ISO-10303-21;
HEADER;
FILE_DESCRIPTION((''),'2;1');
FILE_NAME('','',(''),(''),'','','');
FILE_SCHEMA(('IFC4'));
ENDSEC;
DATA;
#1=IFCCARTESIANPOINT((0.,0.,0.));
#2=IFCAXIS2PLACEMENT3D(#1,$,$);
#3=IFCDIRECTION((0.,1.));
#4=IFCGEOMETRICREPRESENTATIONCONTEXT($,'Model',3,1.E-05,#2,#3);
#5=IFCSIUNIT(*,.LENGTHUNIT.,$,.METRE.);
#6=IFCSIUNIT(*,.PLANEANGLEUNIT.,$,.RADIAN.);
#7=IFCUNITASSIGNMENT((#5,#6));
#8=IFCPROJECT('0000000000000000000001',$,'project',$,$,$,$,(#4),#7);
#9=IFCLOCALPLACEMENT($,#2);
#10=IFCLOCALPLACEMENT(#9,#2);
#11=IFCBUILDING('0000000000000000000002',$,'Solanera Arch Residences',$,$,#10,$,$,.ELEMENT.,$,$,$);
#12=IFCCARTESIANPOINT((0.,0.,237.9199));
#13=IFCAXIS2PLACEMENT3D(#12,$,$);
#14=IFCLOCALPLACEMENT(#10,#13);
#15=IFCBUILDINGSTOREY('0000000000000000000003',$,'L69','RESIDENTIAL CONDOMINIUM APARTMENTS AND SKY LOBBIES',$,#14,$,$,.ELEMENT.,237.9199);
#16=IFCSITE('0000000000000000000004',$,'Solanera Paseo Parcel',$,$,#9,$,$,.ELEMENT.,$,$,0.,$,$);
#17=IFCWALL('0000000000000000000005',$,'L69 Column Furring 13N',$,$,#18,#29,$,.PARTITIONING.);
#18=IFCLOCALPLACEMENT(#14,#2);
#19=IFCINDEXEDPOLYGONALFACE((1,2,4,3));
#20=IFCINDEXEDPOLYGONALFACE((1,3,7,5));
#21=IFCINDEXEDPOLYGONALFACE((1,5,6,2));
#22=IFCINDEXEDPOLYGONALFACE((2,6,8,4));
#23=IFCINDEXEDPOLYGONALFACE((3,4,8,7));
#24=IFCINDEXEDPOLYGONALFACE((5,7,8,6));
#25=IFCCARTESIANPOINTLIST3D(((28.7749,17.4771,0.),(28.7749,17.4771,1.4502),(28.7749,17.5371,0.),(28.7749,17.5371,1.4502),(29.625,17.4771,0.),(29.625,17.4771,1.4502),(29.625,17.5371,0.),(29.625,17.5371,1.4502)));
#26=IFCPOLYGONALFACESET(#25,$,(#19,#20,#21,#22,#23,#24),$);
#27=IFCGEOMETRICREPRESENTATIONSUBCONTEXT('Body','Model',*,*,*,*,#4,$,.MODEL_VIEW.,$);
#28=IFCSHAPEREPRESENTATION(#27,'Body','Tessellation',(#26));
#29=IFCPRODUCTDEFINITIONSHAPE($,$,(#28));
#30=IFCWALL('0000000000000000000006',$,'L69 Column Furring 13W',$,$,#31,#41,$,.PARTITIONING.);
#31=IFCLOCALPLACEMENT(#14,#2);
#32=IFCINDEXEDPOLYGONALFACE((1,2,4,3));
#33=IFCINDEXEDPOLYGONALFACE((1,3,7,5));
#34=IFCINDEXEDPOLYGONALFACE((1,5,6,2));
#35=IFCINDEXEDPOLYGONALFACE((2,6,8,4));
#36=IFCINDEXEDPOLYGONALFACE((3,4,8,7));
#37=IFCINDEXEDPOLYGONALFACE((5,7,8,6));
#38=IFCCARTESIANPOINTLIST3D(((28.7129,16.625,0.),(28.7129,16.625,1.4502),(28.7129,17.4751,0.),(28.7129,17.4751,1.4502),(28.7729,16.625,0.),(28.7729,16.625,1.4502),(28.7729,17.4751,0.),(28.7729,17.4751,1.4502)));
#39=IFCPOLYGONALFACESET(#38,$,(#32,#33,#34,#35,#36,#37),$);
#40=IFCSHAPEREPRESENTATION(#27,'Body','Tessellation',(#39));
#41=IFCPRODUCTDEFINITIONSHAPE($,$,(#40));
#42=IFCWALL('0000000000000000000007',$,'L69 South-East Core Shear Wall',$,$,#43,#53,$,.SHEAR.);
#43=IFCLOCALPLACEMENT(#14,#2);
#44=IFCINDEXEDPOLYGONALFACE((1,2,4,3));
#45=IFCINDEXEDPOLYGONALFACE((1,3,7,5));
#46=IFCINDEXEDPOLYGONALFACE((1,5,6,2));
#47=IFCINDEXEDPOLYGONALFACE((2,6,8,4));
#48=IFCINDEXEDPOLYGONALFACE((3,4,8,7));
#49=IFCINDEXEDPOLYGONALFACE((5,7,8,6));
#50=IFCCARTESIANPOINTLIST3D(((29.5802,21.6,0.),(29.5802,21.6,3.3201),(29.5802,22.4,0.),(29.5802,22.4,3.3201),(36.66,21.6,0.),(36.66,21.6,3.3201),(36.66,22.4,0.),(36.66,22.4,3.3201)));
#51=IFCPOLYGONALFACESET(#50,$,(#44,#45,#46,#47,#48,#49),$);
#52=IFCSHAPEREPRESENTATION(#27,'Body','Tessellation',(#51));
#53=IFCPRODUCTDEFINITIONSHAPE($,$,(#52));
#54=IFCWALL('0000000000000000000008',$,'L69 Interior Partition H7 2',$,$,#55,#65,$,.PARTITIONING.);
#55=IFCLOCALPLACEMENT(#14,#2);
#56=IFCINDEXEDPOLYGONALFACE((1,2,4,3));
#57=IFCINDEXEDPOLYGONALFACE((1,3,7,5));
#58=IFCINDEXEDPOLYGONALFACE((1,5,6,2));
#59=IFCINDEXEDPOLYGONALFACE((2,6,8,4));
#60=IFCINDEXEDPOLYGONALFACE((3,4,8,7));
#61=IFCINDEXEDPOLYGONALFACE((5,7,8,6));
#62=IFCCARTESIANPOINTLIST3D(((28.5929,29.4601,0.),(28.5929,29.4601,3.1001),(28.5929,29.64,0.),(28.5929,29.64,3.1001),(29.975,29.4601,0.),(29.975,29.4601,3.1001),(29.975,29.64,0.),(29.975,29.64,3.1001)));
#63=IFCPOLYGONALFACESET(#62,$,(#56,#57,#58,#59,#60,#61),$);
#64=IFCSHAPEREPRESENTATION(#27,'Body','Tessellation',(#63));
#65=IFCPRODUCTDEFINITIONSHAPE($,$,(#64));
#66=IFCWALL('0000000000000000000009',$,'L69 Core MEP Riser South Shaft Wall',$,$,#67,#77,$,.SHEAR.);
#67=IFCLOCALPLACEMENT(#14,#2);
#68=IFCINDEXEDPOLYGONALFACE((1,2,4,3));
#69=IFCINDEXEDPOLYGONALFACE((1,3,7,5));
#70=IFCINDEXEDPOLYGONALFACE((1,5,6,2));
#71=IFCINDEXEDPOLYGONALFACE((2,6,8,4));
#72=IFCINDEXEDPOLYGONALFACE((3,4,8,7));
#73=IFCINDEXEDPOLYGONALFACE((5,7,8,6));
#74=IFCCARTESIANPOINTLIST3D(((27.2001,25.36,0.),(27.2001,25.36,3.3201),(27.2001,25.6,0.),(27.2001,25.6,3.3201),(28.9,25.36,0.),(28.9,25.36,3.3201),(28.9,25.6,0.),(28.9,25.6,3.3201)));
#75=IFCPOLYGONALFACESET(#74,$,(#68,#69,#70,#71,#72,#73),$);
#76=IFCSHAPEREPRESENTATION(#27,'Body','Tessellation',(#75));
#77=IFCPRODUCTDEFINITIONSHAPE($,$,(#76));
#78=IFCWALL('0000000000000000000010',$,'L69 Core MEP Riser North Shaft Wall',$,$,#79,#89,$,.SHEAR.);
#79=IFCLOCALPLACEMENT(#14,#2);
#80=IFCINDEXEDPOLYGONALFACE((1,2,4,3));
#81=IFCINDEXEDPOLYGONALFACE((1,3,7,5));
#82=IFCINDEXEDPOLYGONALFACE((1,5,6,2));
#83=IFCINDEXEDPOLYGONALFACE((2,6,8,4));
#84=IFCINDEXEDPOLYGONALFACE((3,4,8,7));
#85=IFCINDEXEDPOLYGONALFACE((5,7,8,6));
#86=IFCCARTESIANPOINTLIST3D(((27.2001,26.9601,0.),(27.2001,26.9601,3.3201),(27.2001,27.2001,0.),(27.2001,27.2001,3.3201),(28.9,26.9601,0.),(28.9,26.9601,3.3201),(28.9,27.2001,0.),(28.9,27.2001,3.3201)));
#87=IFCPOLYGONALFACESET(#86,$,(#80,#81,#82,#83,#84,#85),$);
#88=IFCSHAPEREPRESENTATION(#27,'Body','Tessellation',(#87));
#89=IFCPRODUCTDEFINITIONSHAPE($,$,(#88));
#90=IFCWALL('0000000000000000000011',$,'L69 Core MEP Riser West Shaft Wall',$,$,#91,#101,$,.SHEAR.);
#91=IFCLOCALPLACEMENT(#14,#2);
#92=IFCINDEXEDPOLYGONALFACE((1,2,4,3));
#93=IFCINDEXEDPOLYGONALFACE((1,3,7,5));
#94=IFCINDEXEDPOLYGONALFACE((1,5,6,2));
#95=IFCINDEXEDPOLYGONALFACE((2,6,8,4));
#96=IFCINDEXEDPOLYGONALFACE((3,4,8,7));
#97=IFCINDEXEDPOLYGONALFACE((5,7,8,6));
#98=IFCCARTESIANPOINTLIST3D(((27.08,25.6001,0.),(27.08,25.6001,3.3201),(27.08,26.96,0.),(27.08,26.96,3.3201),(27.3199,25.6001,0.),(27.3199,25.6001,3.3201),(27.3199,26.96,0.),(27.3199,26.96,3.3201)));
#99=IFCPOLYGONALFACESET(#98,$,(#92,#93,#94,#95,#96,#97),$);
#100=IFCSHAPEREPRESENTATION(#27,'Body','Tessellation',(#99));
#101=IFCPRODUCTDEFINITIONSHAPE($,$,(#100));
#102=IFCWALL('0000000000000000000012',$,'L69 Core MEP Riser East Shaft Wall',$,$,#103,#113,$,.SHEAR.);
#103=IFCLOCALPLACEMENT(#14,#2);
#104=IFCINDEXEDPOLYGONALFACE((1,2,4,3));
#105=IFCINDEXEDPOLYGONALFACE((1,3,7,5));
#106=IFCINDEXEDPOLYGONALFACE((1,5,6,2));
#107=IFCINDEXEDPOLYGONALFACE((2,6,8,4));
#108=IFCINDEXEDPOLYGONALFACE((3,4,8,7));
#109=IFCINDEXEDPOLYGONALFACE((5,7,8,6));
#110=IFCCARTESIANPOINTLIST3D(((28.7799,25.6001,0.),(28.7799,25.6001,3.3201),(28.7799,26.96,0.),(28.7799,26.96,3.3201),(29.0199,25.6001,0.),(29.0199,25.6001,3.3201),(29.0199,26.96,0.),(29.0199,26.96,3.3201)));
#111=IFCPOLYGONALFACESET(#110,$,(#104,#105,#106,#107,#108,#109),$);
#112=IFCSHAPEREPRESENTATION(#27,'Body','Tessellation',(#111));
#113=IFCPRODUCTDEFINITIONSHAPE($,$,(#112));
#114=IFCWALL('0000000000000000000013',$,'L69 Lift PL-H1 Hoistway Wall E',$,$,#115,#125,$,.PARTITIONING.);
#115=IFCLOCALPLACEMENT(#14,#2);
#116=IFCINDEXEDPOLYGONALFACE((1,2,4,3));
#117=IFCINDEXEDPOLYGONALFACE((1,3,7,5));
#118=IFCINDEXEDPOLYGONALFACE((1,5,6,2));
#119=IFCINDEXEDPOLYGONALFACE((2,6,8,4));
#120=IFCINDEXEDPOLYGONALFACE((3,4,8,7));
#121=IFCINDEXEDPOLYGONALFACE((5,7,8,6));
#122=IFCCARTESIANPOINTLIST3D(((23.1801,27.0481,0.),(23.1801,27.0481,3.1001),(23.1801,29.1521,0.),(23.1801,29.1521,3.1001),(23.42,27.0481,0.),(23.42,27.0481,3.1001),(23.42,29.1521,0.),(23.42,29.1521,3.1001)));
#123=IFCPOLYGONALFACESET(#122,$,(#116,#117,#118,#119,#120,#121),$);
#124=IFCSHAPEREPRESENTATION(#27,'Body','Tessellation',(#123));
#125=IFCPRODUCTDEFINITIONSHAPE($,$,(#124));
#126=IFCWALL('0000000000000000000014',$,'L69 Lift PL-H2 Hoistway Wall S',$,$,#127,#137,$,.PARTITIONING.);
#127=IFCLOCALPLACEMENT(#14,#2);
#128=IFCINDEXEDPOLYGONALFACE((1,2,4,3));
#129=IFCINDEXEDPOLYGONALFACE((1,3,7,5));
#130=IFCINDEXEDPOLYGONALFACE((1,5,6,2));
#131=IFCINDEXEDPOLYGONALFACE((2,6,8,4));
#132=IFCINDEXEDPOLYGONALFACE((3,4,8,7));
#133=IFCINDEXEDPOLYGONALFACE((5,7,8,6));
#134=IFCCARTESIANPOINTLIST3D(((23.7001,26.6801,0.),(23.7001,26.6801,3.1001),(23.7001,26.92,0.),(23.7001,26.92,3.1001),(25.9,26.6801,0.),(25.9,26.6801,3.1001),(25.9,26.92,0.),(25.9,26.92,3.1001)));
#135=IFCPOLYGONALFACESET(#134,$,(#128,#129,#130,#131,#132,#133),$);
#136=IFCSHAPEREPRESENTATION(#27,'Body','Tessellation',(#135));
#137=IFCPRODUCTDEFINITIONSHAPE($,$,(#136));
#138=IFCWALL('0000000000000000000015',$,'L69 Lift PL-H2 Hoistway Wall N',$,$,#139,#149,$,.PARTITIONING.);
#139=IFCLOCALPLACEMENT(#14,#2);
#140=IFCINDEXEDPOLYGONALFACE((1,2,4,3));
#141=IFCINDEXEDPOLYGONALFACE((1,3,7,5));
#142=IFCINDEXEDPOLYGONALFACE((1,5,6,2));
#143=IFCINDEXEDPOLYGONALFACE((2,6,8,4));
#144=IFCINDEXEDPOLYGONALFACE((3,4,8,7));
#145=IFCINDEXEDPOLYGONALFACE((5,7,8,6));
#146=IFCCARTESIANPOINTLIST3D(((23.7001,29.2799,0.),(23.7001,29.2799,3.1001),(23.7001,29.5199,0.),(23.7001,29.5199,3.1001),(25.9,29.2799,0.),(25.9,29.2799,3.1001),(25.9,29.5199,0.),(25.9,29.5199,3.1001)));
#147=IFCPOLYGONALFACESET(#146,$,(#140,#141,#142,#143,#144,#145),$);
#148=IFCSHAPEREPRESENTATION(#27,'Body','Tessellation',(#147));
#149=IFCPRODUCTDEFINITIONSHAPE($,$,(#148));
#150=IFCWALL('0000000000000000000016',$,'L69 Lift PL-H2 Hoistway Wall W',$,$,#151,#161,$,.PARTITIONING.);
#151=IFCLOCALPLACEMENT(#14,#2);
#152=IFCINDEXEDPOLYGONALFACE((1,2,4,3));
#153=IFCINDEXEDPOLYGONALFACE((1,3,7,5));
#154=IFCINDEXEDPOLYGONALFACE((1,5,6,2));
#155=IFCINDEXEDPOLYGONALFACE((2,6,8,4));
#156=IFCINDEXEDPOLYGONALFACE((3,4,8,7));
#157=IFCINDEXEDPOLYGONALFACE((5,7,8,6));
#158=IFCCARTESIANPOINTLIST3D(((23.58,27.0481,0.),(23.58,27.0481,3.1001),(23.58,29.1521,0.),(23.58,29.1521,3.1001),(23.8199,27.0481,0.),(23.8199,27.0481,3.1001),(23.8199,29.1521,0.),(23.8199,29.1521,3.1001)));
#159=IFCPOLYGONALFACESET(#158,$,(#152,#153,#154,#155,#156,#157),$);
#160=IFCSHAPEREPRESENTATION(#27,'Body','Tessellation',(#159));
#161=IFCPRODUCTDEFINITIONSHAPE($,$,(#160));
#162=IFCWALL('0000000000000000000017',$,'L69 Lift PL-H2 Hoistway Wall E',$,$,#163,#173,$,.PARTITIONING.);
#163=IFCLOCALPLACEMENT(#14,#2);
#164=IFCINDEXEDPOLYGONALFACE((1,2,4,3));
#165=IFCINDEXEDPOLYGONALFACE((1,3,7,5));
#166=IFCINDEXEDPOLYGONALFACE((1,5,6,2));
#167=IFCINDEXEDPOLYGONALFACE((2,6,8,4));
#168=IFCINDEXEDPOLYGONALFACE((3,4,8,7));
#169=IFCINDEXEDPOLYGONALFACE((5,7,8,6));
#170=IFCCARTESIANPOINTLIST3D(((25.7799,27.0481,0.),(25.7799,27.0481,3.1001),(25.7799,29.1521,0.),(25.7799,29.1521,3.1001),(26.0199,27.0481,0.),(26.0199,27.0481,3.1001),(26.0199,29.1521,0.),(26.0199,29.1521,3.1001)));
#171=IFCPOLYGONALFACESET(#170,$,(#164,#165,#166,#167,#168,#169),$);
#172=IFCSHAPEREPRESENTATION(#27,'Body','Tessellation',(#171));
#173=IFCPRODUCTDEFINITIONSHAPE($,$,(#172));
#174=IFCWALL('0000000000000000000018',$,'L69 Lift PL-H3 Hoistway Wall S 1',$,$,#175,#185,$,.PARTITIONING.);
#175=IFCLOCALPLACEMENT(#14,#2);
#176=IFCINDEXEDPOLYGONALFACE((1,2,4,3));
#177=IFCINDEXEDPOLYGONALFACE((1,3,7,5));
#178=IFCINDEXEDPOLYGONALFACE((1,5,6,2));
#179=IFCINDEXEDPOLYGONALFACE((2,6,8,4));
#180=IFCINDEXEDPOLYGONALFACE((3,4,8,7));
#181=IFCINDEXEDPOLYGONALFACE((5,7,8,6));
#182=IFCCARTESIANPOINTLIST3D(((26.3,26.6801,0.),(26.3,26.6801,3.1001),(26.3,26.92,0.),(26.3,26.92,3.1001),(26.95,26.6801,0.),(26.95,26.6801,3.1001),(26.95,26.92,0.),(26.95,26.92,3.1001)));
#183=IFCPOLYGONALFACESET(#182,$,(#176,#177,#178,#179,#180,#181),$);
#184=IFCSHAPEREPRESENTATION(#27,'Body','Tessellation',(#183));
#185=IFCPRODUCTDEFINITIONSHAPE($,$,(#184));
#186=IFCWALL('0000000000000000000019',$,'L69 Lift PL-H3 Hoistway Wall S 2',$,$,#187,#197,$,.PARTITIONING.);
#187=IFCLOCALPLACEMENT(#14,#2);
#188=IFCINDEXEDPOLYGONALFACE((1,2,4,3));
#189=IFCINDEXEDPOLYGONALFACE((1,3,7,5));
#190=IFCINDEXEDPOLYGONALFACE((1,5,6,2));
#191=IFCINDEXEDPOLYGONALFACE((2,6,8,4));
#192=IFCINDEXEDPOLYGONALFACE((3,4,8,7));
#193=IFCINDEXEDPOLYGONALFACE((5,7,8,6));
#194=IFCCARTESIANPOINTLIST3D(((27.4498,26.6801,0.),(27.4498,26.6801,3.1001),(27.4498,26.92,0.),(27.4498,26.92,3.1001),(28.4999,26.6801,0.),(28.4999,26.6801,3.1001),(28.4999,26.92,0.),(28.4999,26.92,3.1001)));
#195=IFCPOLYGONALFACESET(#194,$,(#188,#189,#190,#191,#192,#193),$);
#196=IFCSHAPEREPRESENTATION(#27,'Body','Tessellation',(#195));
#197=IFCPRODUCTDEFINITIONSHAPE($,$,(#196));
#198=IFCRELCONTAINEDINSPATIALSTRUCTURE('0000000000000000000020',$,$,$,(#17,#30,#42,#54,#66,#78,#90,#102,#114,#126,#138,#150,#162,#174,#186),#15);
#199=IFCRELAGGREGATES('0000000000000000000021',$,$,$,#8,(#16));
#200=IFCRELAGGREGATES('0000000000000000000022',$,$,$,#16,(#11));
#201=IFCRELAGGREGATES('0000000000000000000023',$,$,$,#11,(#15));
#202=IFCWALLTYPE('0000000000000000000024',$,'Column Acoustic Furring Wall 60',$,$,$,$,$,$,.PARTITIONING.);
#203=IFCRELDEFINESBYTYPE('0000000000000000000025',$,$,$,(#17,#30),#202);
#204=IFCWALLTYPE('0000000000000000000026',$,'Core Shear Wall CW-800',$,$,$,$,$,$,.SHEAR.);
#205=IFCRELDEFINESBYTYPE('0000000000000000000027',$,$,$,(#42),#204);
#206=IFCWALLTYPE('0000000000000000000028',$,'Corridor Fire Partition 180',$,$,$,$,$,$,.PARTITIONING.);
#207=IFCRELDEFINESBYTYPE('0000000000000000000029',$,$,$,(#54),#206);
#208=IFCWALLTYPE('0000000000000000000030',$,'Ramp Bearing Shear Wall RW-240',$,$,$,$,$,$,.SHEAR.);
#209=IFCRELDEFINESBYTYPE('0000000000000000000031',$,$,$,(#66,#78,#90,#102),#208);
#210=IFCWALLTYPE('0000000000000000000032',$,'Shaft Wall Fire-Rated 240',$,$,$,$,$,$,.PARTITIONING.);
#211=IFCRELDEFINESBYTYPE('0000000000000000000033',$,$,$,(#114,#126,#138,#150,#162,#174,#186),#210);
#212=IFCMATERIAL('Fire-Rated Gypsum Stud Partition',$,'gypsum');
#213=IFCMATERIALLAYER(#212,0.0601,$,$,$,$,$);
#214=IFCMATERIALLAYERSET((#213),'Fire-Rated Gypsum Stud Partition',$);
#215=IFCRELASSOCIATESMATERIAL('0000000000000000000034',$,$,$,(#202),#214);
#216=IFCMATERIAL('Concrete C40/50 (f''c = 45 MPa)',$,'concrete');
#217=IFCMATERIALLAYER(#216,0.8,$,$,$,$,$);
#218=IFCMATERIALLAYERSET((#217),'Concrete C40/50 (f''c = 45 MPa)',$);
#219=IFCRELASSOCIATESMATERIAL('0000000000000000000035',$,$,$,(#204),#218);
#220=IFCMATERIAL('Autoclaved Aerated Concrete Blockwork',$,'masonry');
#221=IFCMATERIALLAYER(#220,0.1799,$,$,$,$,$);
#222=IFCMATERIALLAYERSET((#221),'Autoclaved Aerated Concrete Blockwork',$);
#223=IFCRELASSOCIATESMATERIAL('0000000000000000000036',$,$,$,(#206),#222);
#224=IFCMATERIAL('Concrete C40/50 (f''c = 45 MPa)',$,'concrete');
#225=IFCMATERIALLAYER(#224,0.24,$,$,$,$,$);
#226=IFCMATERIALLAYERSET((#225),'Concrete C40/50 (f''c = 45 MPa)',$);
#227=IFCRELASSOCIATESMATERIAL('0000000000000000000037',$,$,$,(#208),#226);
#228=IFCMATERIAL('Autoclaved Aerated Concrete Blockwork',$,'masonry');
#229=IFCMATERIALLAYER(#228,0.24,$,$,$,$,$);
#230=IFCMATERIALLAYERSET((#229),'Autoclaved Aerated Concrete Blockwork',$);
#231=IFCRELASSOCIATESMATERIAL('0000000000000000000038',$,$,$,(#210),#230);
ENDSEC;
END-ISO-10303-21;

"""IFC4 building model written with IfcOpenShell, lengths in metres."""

from ifc_helpers import new_model, si_unit, direction, frame, frame_2d, origin, place, context, subcontext, project, spatial, rectangle, extrude, material, layer, layer_set, type_object, element, save


model = new_model("IFC4")

# Units and contexts
model_context = context("Model", 3, precision=1e-05, world=origin(), true_north=direction((0.0, 1.0)))
body_context = subcontext(model_context, "Body", "Model", "MODEL_VIEW")
ifc_project = project(units=[si_unit("LENGTHUNIT", "METRE"), si_unit("PLANEANGLEUNIT", "RADIAN")], contexts=[model_context])

# Site, building, storey
site_placement = place(None, origin())
site = spatial("IfcSite", under=ifc_project, at=site_placement, Name="Solanera Paseo Parcel", CompositionType="ELEMENT", RefElevation=0.0)
building_placement = place(site_placement, origin())
building = spatial("IfcBuilding", under=site, at=building_placement, Name="Solanera Arch Residences", CompositionType="ELEMENT")
storey_placement = place(building_placement, frame((0.0, 0.0, 237.9199)))
storey = spatial("IfcBuildingStorey", under=building, at=storey_placement, Name="L69", Description="RESIDENTIAL CONDOMINIUM APARTMENTS AND SKY LOBBIES", CompositionType="ELEMENT", Elevation=237.9199)

# Walls
ifc_material_1 = material(Name="Fire-Rated Gypsum Stud Partition", Category="gypsum")
ifc_layer_1 = layer(ifc_material_1, 0.0601)
ifc_layer_set_1 = layer_set([ifc_layer_1], Name="Fire-Rated Gypsum Stud Partition")
wall_type_1 = type_object("IfcWallType", Name="Column Acoustic Furring Wall 60", PredefinedType="PARTITIONING", material=ifc_layer_set_1)
for number, where, z_axis, x_axis, name in (
    (1, (28.7749, 17.5071, 0.0), (0.0, 0.0, 1.0), (1.0, 0.0, 0.0), "L69 Column Furring 13N"),
    (2, (28.7429, 16.625, 0.0), (0.0, 0.0, 1.0), (0.0, 1.0, 0.0), "L69 Column Furring 13W"),
):
    element("IfcWall", number, at=place(storey_placement, frame(where, z_axis=z_axis, x_axis=x_axis)), inside=storey, type_object=wall_type_1, Name=name, PredefinedType="PARTITIONING", context=body_context, shape_type="SweptSolid", body=[
        extrude(rectangle(XDim=0.8501, YDim=0.0601, at=frame_2d((0.425, 0.0))), origin(), (0.0, 0.0, 1.0), 1.4502),
    ])
ifc_material_2 = material(Name="Concrete C40/50 (f'c = 45 MPa)", Category="concrete")
ifc_layer_2 = layer(ifc_material_2, 0.8)
ifc_layer_set_2 = layer_set([ifc_layer_2], Name="Concrete C40/50 (f'c = 45 MPa)")
wall_type_2 = type_object("IfcWallType", Name="Core Shear Wall CW-800", PredefinedType="SHEAR", material=ifc_layer_set_2)
wall_1_placement = place(storey_placement, frame((29.5801, 22.0, 0.0), z_axis=(0.0, 0.0, 1.0), x_axis=(1.0, 0.0, 0.0)))
element("IfcWall", 3, at=wall_1_placement, inside=storey, type_object=wall_type_2, Name="L69 South-East Core Shear Wall", PredefinedType="SHEAR", context=body_context, shape_type="SweptSolid", body=[
    extrude(rectangle(XDim=7.0798, YDim=0.8, at=frame_2d((3.54, 0.0))), origin(), (0.0, 0.0, 1.0), 3.3201),
])
ifc_material_3 = material(Name="Autoclaved Aerated Concrete Blockwork", Category="masonry")
ifc_layer_3 = layer(ifc_material_3, 0.1799)
ifc_layer_set_3 = layer_set([ifc_layer_3], Name="Autoclaved Aerated Concrete Blockwork")
wall_type_3 = type_object("IfcWallType", Name="Corridor Fire Partition 180", PredefinedType="PARTITIONING", material=ifc_layer_set_3)
wall_2_placement = place(storey_placement, frame((28.593, 29.55, 0.0), z_axis=(0.0, 0.0, 1.0), x_axis=(1.0, 0.0, 0.0)))
element("IfcWall", 4, at=wall_2_placement, inside=storey, type_object=wall_type_3, Name="L69 Interior Partition H7 2", PredefinedType="PARTITIONING", context=body_context, shape_type="SweptSolid", body=[
    extrude(rectangle(XDim=1.3821, YDim=0.1799, at=frame_2d((0.6909, 0.0))), origin(), (0.0, 0.0, 1.0), 3.1001),
])
ifc_material_4 = material(Name="Concrete C40/50 (f'c = 45 MPa)", Category="concrete")
ifc_layer_4 = layer(ifc_material_4, 0.24)
ifc_layer_set_4 = layer_set([ifc_layer_4], Name="Concrete C40/50 (f'c = 45 MPa)")
wall_type_4 = type_object("IfcWallType", Name="Ramp Bearing Shear Wall RW-240", PredefinedType="SHEAR", material=ifc_layer_set_4)
for number, where, z_axis, x_axis, name in (
    (5, (27.2, 25.48, 0.0), (0.0, 0.0, 1.0), (1.0, 0.0, 0.0), "L69 Core MEP Riser South Shaft Wall"),
    (6, (27.2, 27.0801, 0.0), (0.0, 0.0, 1.0), (1.0, 0.0, 0.0), "L69 Core MEP Riser North Shaft Wall"),
):
    element("IfcWall", number, at=place(storey_placement, frame(where, z_axis=z_axis, x_axis=x_axis)), inside=storey, type_object=wall_type_4, Name=name, PredefinedType="SHEAR", context=body_context, shape_type="SweptSolid", body=[
        extrude(rectangle(XDim=1.7, YDim=0.24, at=frame_2d((0.8501, 0.0))), origin(), (0.0, 0.0, 1.0), 3.3201),
    ])
for number, where, z_axis, x_axis, name in (
    (7, (27.2, 25.6001, 0.0), (0.0, 0.0, 1.0), (0.0, 1.0, 0.0), "L69 Core MEP Riser West Shaft Wall"),
    (8, (28.8999, 25.6001, 0.0), (0.0, 0.0, 1.0), (0.0, 1.0, 0.0), "L69 Core MEP Riser East Shaft Wall"),
):
    element("IfcWall", number, at=place(storey_placement, frame(where, z_axis=z_axis, x_axis=x_axis)), inside=storey, type_object=wall_type_4, Name=name, PredefinedType="SHEAR", context=body_context, shape_type="SweptSolid", body=[
        extrude(rectangle(XDim=1.3599, YDim=0.24, at=frame_2d((0.6799, 0.0))), origin(), (0.0, 0.0, 1.0), 3.3201),
    ])
ifc_material_5 = material(Name="Autoclaved Aerated Concrete Blockwork", Category="masonry")
ifc_layer_5 = layer(ifc_material_5, 0.24)
ifc_layer_set_5 = layer_set([ifc_layer_5], Name="Autoclaved Aerated Concrete Blockwork")
wall_type_5 = type_object("IfcWallType", Name="Shaft Wall Fire-Rated 240", PredefinedType="PARTITIONING", material=ifc_layer_set_5)
wall_3_placement = place(storey_placement, frame((23.3, 27.0481, 0.0), z_axis=(0.0, 0.0, 1.0), x_axis=(0.0, 1.0, 0.0)))
element("IfcWall", 9, at=wall_3_placement, inside=storey, type_object=wall_type_5, Name="L69 Lift PL-H1 Hoistway Wall E", PredefinedType="PARTITIONING", context=body_context, shape_type="SweptSolid", body=[
    extrude(rectangle(XDim=2.104, YDim=0.24, at=frame_2d((1.052, 0.0))), origin(), (0.0, 0.0, 1.0), 3.1001),
])
for number, where, z_axis, x_axis, name in (
    (10, (23.7, 26.8, 0.0), (0.0, 0.0, 1.0), (1.0, 0.0, 0.0), "L69 Lift PL-H2 Hoistway Wall S"),
    (11, (23.7, 29.3999, 0.0), (0.0, 0.0, 1.0), (1.0, 0.0, 0.0), "L69 Lift PL-H2 Hoistway Wall N"),
):
    element("IfcWall", number, at=place(storey_placement, frame(where, z_axis=z_axis, x_axis=x_axis)), inside=storey, type_object=wall_type_5, Name=name, PredefinedType="PARTITIONING", context=body_context, shape_type="SweptSolid", body=[
        extrude(rectangle(XDim=2.2, YDim=0.24, at=frame_2d((1.1001, 0.0))), origin(), (0.0, 0.0, 1.0), 3.1001),
    ])
for number, where, z_axis, x_axis, name in (
    (12, (23.7, 27.0481, 0.0), (0.0, 0.0, 1.0), (0.0, 1.0, 0.0), "L69 Lift PL-H2 Hoistway Wall W"),
    (13, (25.8999, 27.0481, 0.0), (0.0, 0.0, 1.0), (0.0, 1.0, 0.0), "L69 Lift PL-H2 Hoistway Wall E"),
):
    element("IfcWall", number, at=place(storey_placement, frame(where, z_axis=z_axis, x_axis=x_axis)), inside=storey, type_object=wall_type_5, Name=name, PredefinedType="PARTITIONING", context=body_context, shape_type="SweptSolid", body=[
        extrude(rectangle(XDim=2.104, YDim=0.24, at=frame_2d((1.052, 0.0))), origin(), (0.0, 0.0, 1.0), 3.1001),
    ])
wall_4_placement = place(storey_placement, frame((26.3, 26.8, 0.0), z_axis=(0.0, 0.0, 1.0), x_axis=(1.0, 0.0, 0.0)))
element("IfcWall", 14, at=wall_4_placement, inside=storey, type_object=wall_type_5, Name="L69 Lift PL-H3 Hoistway Wall S 1", PredefinedType="PARTITIONING", context=body_context, shape_type="SweptSolid", body=[
    extrude(rectangle(XDim=0.6499, YDim=0.24, at=frame_2d((0.325, 0.0))), origin(), (0.0, 0.0, 1.0), 3.1001),
])
wall_5_placement = place(storey_placement, frame((27.45, 26.8, 0.0), z_axis=(0.0, 0.0, 1.0), x_axis=(1.0, 0.0, 0.0)))
element("IfcWall", 15, at=wall_5_placement, inside=storey, type_object=wall_type_5, Name="L69 Lift PL-H3 Hoistway Wall S 2", PredefinedType="PARTITIONING", context=body_context, shape_type="SweptSolid", body=[
    extrude(rectangle(XDim=1.05, YDim=0.24, at=frame_2d((0.5249, 0.0))), origin(), (0.0, 0.0, 1.0), 3.1001),
])

save(model, "model.ifc")
